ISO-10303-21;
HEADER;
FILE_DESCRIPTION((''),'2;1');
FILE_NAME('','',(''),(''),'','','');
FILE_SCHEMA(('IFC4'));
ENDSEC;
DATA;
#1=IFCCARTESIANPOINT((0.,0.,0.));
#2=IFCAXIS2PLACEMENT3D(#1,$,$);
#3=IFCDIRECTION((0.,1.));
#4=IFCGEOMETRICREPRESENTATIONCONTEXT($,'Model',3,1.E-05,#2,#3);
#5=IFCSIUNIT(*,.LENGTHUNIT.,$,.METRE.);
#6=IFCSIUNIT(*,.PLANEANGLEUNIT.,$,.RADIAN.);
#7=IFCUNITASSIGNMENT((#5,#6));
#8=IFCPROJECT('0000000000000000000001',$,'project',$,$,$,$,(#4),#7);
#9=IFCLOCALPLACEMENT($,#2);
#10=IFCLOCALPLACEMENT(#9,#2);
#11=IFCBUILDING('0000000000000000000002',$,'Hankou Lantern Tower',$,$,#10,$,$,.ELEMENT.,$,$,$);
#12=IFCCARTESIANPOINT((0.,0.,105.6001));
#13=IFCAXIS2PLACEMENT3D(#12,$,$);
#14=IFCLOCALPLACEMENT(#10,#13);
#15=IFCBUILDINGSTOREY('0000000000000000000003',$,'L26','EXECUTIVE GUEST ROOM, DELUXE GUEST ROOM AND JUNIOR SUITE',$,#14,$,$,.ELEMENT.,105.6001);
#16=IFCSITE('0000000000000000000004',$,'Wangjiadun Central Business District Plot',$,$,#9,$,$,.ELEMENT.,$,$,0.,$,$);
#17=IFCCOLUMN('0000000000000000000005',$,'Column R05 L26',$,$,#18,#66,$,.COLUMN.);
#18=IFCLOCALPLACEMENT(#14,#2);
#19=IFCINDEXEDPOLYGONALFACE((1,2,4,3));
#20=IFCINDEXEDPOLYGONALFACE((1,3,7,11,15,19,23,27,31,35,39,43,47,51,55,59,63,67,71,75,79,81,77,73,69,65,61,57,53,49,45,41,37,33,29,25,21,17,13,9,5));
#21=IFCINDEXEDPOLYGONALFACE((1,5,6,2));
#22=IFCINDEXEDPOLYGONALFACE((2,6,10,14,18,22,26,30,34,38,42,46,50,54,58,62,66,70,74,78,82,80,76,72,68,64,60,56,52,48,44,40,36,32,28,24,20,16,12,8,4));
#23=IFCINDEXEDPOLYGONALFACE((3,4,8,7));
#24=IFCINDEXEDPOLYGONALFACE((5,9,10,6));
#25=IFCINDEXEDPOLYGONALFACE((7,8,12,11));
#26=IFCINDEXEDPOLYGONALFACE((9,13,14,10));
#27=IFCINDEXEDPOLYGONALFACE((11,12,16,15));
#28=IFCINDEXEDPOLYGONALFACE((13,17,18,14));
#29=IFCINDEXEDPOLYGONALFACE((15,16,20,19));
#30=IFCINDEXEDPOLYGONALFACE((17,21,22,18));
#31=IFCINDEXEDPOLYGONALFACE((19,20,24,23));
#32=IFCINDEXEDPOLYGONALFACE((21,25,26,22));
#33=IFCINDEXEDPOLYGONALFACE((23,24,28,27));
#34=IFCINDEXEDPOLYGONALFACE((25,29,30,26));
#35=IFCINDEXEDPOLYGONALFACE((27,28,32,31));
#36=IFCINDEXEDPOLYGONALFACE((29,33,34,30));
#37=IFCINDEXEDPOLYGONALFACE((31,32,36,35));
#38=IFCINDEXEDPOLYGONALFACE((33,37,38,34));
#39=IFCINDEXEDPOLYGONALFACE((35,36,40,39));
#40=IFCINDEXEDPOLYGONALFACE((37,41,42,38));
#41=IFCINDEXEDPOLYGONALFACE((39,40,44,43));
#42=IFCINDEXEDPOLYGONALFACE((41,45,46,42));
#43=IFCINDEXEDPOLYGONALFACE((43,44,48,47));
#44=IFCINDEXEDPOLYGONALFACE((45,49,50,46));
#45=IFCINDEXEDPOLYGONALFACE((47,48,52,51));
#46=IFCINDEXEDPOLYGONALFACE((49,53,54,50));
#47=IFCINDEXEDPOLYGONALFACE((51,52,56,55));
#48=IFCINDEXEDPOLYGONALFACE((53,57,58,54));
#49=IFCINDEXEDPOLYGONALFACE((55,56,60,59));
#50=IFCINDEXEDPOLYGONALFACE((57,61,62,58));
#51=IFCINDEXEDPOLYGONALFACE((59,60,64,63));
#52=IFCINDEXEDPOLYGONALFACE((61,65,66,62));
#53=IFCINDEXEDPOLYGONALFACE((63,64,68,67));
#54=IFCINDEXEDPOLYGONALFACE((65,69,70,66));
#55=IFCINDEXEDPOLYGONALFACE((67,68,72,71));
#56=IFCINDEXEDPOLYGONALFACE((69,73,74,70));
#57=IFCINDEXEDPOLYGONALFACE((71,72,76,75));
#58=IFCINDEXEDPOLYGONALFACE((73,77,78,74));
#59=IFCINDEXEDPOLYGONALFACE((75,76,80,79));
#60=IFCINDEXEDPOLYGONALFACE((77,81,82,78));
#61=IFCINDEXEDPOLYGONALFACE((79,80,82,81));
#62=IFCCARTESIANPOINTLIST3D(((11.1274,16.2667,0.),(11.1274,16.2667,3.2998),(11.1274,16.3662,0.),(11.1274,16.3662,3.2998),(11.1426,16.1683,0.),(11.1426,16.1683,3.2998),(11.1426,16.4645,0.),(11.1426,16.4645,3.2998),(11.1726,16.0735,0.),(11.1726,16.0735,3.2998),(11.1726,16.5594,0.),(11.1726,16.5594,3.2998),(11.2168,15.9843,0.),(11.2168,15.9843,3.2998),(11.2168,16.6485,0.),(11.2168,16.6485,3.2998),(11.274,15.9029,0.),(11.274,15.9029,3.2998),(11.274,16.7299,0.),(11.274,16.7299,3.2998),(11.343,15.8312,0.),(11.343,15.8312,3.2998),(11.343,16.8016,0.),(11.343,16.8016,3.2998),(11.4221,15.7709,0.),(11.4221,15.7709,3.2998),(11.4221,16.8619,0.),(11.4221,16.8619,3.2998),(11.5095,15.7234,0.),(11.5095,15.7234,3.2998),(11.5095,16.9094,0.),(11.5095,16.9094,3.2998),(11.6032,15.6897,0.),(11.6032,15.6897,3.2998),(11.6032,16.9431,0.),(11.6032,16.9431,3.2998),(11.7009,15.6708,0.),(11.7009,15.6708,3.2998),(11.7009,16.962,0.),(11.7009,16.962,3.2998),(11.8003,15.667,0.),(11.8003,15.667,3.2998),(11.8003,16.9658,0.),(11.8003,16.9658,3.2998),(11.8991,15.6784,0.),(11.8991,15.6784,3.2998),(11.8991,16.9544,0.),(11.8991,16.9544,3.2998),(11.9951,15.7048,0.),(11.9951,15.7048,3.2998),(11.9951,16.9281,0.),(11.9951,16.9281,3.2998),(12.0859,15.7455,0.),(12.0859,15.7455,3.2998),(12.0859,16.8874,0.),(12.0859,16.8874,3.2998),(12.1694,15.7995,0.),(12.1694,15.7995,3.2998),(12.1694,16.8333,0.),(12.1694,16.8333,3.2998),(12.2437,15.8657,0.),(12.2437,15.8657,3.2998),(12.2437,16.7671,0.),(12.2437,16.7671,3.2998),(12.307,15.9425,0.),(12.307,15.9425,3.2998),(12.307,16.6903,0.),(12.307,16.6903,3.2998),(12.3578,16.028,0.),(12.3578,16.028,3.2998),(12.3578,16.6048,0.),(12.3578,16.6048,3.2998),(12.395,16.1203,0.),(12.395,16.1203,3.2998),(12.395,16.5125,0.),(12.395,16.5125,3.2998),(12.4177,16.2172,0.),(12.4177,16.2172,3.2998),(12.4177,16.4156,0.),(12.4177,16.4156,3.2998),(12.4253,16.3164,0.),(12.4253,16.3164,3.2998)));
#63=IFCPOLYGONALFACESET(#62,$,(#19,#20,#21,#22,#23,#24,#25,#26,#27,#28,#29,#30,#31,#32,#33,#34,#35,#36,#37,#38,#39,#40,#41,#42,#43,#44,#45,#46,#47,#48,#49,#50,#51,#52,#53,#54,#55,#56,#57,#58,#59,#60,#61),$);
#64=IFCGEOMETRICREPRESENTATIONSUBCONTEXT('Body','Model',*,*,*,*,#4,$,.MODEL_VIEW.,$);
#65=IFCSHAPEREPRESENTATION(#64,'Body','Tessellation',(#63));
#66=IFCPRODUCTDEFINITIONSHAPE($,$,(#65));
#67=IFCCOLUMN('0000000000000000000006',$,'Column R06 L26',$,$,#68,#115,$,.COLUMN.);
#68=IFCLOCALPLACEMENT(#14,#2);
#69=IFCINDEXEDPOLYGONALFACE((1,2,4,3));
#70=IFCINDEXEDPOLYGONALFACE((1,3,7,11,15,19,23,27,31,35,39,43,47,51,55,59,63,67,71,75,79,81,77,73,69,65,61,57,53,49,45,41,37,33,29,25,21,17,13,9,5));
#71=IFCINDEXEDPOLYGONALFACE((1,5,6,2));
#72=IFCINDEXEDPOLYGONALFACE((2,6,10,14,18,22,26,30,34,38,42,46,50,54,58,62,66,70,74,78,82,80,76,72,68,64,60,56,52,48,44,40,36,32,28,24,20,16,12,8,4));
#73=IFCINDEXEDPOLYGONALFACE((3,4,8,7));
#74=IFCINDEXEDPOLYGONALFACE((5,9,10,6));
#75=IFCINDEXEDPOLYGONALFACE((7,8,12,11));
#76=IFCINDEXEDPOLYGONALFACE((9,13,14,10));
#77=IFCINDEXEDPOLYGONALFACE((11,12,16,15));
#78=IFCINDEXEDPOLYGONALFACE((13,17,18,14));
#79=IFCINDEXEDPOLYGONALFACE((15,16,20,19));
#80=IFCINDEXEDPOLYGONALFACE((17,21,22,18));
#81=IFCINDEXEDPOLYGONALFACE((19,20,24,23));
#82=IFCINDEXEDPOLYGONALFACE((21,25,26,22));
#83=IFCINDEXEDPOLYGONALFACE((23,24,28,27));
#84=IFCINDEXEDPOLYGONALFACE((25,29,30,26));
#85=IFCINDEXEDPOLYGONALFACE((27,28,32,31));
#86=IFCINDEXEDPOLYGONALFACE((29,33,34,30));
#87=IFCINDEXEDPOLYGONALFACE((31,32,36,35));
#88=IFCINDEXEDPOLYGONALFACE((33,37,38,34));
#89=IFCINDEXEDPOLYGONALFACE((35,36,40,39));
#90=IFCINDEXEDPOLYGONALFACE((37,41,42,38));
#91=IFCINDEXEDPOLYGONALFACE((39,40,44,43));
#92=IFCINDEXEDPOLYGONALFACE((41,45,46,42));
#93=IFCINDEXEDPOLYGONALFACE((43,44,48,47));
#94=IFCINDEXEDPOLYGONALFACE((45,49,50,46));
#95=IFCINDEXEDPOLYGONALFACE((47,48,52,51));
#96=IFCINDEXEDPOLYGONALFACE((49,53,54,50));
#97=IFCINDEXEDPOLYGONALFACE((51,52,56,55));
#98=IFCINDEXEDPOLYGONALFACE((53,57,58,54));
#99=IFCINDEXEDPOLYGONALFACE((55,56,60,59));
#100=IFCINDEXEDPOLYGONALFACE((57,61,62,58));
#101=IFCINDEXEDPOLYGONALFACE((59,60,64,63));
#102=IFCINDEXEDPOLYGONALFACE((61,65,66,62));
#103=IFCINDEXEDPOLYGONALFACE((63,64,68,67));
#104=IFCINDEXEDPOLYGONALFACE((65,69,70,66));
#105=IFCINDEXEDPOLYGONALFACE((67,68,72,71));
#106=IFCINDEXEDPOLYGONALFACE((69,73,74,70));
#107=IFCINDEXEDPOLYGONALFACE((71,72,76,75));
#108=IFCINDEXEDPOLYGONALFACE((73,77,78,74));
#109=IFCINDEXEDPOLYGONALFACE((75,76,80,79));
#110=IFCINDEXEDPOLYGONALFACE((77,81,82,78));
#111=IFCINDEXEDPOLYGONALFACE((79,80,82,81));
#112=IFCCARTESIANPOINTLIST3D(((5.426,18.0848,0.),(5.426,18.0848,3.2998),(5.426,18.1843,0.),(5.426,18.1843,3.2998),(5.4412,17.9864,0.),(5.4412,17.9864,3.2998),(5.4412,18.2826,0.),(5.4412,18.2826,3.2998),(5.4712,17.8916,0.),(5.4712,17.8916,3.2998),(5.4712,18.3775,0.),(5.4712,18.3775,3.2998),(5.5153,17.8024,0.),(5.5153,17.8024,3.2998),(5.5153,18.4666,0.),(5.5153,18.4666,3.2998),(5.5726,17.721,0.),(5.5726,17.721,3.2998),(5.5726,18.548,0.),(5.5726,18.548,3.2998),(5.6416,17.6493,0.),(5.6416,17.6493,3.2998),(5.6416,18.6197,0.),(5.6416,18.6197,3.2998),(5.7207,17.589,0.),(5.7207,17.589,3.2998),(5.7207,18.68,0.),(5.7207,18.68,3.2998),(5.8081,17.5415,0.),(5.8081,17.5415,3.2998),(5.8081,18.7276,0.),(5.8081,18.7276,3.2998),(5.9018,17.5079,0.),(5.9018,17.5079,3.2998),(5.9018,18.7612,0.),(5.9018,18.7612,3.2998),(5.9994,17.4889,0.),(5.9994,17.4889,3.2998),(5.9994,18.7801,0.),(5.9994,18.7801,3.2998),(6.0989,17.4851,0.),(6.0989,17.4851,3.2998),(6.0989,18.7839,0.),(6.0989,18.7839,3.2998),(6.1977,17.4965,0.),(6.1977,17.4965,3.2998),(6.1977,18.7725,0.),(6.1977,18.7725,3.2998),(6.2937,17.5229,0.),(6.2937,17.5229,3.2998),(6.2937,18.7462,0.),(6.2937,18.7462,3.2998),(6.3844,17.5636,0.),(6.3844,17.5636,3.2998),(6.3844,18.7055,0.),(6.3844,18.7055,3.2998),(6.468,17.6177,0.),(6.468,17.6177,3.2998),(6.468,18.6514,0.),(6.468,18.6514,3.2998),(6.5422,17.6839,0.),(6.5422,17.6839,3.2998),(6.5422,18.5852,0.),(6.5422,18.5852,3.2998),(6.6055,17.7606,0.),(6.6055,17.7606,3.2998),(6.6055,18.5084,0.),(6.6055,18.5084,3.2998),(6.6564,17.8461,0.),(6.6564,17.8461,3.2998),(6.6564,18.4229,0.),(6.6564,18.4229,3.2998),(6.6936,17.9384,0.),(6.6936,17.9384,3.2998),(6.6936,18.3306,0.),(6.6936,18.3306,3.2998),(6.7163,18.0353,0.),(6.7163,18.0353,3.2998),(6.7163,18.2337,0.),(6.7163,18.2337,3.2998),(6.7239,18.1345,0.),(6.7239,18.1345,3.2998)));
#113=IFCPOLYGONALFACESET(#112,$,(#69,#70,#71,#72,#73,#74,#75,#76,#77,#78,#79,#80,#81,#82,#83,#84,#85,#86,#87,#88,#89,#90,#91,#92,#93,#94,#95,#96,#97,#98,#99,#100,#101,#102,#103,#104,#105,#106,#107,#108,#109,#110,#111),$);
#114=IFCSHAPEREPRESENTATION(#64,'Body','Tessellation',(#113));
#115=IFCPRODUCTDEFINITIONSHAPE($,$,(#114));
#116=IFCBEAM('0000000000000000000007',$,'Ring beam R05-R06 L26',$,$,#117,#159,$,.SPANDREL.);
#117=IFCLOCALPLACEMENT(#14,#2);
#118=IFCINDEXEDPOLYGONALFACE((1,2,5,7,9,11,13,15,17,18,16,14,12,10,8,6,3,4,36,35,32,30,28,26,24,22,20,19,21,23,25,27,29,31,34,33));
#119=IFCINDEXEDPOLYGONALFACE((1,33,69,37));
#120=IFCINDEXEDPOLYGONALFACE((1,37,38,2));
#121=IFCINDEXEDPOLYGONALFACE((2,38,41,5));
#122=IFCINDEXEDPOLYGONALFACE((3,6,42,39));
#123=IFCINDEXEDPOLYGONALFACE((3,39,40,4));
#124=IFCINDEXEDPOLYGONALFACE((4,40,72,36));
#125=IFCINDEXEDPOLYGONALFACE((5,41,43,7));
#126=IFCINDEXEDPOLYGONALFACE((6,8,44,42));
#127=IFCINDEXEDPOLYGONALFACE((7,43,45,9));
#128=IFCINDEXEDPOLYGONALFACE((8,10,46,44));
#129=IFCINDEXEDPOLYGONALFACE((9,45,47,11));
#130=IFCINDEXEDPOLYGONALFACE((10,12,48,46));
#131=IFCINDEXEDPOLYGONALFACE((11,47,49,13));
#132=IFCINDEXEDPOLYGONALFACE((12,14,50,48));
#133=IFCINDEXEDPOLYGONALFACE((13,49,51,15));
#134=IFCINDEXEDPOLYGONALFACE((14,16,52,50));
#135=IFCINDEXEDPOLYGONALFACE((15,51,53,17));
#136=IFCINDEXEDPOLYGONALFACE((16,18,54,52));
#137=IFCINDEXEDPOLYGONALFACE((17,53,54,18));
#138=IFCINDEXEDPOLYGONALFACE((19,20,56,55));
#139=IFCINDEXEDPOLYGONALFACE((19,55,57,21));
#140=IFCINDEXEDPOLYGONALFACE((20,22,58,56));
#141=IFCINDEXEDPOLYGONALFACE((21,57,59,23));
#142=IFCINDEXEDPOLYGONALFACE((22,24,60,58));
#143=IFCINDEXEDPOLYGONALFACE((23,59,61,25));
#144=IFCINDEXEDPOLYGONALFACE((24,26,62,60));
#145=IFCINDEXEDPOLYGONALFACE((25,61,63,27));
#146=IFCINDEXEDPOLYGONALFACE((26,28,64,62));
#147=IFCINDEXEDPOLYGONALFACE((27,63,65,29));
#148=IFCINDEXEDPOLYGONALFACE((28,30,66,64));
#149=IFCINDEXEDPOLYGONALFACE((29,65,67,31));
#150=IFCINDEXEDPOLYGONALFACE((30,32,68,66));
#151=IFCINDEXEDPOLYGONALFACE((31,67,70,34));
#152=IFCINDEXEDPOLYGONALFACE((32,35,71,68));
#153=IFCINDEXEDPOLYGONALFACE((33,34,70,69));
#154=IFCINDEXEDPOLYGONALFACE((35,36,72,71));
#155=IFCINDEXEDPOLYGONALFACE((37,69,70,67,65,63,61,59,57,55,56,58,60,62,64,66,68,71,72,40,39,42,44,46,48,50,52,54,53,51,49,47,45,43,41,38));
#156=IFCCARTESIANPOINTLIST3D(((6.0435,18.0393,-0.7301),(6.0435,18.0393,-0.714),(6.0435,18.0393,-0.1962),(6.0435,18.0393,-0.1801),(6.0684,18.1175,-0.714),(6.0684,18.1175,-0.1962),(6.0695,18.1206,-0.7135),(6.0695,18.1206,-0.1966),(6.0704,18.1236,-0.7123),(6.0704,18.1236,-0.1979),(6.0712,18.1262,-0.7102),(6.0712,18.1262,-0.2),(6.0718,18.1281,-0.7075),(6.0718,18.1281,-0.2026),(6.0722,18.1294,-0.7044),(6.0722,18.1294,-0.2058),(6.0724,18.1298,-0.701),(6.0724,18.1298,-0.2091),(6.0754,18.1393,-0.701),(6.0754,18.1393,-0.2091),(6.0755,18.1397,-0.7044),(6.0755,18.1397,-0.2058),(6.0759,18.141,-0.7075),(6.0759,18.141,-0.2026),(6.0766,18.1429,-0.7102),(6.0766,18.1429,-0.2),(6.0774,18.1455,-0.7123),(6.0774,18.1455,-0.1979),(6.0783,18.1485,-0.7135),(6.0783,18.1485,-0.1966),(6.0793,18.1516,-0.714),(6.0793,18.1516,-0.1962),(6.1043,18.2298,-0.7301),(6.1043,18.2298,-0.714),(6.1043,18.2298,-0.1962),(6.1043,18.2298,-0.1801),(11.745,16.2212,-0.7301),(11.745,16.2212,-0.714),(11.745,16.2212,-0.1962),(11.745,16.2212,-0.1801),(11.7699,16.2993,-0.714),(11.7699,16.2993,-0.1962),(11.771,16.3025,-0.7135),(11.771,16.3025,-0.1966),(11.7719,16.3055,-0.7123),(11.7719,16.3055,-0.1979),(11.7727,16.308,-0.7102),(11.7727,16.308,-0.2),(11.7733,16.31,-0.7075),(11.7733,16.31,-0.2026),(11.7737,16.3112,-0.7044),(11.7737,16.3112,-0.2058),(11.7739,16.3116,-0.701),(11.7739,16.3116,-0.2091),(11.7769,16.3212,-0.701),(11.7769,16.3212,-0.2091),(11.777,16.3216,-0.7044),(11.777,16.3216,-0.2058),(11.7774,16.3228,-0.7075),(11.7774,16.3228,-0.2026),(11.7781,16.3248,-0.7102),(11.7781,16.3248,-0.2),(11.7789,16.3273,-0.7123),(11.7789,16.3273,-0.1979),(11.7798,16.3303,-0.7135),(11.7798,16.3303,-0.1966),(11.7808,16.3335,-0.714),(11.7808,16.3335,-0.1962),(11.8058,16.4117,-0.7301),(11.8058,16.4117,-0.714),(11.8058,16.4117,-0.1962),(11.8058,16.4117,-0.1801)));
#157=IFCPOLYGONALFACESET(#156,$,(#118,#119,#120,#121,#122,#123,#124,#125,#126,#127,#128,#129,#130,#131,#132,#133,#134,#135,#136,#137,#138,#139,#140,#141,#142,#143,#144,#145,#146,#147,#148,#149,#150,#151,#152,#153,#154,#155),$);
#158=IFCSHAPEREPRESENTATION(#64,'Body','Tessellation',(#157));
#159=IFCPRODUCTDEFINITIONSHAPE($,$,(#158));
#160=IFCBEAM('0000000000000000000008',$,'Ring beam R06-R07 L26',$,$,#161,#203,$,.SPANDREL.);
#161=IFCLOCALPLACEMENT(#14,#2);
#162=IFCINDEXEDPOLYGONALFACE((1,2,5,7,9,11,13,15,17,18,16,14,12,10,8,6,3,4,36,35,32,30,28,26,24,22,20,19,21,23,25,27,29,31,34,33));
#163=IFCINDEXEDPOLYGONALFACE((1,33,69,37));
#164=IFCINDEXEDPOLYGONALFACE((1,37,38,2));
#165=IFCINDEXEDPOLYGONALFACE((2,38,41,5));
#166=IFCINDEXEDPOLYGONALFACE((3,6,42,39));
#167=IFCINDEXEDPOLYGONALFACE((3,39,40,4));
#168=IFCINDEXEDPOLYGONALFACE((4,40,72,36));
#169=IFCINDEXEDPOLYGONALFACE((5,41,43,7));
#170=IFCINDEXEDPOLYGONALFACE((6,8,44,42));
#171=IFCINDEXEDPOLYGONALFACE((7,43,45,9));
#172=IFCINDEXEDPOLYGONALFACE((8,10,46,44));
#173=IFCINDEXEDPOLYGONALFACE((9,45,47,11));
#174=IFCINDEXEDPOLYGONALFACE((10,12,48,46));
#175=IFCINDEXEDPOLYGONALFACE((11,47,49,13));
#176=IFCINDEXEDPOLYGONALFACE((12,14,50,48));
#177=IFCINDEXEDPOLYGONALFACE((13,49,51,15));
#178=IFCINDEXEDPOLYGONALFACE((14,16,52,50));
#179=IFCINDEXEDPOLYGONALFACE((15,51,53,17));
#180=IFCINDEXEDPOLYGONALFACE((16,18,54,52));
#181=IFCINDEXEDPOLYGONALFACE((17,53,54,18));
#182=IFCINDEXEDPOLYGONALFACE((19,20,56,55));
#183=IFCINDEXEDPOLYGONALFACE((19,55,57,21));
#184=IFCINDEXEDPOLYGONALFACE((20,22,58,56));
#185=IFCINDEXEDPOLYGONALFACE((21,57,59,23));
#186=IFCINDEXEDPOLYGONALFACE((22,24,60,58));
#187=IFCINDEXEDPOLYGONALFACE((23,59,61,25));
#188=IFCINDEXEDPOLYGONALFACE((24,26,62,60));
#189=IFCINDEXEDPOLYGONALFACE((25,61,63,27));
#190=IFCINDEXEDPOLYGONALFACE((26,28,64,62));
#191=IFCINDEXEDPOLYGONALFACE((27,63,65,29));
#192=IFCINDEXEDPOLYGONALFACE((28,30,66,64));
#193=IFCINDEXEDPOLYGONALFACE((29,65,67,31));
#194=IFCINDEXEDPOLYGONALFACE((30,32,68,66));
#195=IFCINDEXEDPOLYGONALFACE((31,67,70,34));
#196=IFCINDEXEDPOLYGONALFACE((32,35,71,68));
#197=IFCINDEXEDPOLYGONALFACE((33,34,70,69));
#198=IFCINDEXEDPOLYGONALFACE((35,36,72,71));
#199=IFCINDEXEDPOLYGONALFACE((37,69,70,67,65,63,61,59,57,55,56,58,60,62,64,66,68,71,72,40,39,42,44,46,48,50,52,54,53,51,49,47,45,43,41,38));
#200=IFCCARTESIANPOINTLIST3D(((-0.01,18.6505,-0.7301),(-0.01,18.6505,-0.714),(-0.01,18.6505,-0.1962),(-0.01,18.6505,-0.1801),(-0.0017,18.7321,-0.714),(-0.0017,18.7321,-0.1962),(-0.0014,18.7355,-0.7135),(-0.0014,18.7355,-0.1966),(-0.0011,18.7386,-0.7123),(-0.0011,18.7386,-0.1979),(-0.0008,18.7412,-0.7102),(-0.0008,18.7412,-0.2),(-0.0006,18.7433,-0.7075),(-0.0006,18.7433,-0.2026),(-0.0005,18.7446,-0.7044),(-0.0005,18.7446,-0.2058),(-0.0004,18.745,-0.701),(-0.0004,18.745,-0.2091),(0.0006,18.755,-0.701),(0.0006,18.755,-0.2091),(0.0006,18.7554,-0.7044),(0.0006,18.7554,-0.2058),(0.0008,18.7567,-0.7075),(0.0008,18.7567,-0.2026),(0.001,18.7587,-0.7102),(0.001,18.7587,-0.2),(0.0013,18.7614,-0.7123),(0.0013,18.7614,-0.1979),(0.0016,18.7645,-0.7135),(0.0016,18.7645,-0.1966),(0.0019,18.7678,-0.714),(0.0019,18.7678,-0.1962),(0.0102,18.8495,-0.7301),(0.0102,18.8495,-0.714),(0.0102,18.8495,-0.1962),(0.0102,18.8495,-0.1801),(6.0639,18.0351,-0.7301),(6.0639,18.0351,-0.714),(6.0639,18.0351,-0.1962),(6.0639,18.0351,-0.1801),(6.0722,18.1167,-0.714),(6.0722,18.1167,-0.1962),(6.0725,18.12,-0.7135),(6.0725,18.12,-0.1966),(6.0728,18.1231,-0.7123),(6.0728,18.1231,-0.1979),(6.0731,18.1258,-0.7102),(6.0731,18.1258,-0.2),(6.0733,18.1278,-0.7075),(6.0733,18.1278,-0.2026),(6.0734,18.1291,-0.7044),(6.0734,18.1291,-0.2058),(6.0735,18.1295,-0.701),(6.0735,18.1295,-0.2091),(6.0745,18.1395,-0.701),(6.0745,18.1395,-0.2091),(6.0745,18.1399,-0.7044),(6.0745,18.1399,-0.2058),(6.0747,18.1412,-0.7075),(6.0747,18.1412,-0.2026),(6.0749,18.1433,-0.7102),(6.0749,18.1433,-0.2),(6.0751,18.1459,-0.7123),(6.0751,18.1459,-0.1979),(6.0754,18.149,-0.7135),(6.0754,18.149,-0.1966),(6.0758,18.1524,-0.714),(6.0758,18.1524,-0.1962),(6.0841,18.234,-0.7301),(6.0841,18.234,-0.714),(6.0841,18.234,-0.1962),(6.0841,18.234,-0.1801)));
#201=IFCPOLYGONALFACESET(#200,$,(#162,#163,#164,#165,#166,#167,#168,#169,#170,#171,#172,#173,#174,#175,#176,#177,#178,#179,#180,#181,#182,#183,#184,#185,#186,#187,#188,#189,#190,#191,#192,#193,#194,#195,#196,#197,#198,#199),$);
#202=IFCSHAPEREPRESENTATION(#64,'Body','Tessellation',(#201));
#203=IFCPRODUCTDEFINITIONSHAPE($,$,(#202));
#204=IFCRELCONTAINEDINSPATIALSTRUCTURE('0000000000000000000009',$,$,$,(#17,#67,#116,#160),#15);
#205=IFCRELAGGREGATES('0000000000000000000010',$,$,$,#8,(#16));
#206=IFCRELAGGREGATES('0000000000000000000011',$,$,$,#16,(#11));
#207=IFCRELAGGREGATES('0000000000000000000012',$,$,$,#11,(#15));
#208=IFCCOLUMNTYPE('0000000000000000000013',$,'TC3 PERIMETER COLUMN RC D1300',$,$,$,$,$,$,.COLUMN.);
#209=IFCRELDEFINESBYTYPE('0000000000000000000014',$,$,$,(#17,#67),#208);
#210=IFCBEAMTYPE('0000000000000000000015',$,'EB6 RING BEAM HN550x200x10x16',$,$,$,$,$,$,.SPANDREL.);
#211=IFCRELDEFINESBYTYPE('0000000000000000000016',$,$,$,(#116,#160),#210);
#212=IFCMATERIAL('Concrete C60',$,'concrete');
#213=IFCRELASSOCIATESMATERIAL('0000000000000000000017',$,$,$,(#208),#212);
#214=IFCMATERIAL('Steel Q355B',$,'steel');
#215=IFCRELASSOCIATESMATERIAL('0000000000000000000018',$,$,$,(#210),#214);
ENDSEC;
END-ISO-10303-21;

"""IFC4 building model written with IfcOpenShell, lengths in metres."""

from ifc_helpers import new_model, si_unit, direction, frame, origin, origin_2d, place, context, subcontext, project, spatial, circle, i_section, extrude, material, material_profile, profile_set, type_object, element, save


model = new_model("IFC4")

# Units and contexts
model_context = context("Model", 3, precision=1e-05, world=origin(), true_north=direction((0.0, 1.0)))
body_context = subcontext(model_context, "Body", "Model", "MODEL_VIEW")
ifc_project = project(units=[si_unit("LENGTHUNIT", "METRE"), si_unit("PLANEANGLEUNIT", "RADIAN")], contexts=[model_context])

# Site, building, storey
site_placement = place(None, origin())
site = spatial("IfcSite", under=ifc_project, at=site_placement, Name="Wangjiadun Central Business District Plot", CompositionType="ELEMENT", RefElevation=0.0)
building_placement = place(site_placement, origin())
building = spatial("IfcBuilding", under=site, at=building_placement, Name="Hankou Lantern Tower", CompositionType="ELEMENT")
storey_placement = place(building_placement, frame((0.0, 0.0, 105.6001)))
storey = spatial("IfcBuildingStorey", under=building, at=storey_placement, Name="L26", Description="EXECUTIVE GUEST ROOM, DELUXE GUEST ROOM AND JUNIOR SUITE", CompositionType="ELEMENT", Elevation=105.6001)

# Columns
ifc_material_1 = material(Name="Concrete C60", Category="concrete")
ifc_material_profile_1 = material_profile(ifc_material_1, circle(Radius=0.6499, at=origin_2d()), Name="RC D1300")
ifc_profile_set_1 = profile_set([ifc_material_profile_1], Name="Concrete C60")
column_type = type_object("IfcColumnType", Name="TC3 PERIMETER COLUMN RC D1300", PredefinedType="COLUMN", material=ifc_profile_set_1)
for number, where, z_axis, x_axis, name in (
    (1, (11.7754, 16.3164, 0.0), (0.0, 0.0, 1.0), (1.0, 0.0, 0.0), "Column R05 L26"),
    (2, (6.074, 18.1345, 0.0), (0.0, 0.0, 1.0), (1.0, 0.0, 0.0), "Column R06 L26"),
):
    element("IfcColumn", number, at=place(storey_placement, frame(where, z_axis=z_axis, x_axis=x_axis)), inside=storey, type_object=column_type, Name=name, PredefinedType="COLUMN", context=body_context, shape_type="SweptSolid", body=[
        extrude(circle(Radius=0.6499, at=origin_2d()), origin(), (0.0, 0.0, 1.0), 3.2998),
    ])

# Beams
ifc_material_2 = material(Name="Steel Q355B", Category="steel")
ifc_material_profile_2 = material_profile(ifc_material_2, i_section(OverallWidth=0.2, OverallDepth=0.55, WebThickness=0.01, FlangeThickness=0.0161, FilletRadius=0.0129, at=origin_2d()), Name="HN550x200x10x16")
ifc_profile_set_2 = profile_set([ifc_material_profile_2], Name="Steel Q355B")
beam_type_1 = type_object("IfcBeamType", Name="EB6 RING BEAM HN550x200x10x16", PredefinedType="SPANDREL", material=ifc_profile_set_2)
beam_1_placement = place(storey_placement, frame((11.7754, 16.3164, -0.4551), z_axis=(-0.952731, 0.303815, 0.0), x_axis=(-0.303815, -0.952731, 0.0)))
element("IfcBeam", 3, at=beam_1_placement, inside=storey, type_object=beam_type_1, Name="Ring beam R05-R06 L26", PredefinedType="SPANDREL", context=body_context, shape_type="SweptSolid", body=[
    extrude(i_section(OverallWidth=0.2, OverallDepth=0.55, WebThickness=0.01, FlangeThickness=0.0161, FilletRadius=0.0129, at=origin_2d()), origin(), (0.0, 0.0, 1.0), 5.9844),
])
for number, where, z_axis, x_axis, name in (
    (4, (6.074, 18.1345, -0.4551), (-0.994905, 0.100814, 0.0), (-0.100814, -0.994905, 0.0), "Ring beam R06-R07 L26"),
):
    element("IfcBeam", number, at=place(storey_placement, frame(where, z_axis=z_axis, x_axis=x_axis)), inside=storey, type_object=beam_type_1, Name=name, PredefinedType="SPANDREL", context=body_context, shape_type="SweptSolid", body=[
        extrude(i_section(OverallWidth=0.2, OverallDepth=0.55, WebThickness=0.01, FlangeThickness=0.0161, FilletRadius=0.0129, at=origin_2d()), origin(), (0.0, 0.0, 1.0), 6.105),
    ])

save(model, "model.ifc")
